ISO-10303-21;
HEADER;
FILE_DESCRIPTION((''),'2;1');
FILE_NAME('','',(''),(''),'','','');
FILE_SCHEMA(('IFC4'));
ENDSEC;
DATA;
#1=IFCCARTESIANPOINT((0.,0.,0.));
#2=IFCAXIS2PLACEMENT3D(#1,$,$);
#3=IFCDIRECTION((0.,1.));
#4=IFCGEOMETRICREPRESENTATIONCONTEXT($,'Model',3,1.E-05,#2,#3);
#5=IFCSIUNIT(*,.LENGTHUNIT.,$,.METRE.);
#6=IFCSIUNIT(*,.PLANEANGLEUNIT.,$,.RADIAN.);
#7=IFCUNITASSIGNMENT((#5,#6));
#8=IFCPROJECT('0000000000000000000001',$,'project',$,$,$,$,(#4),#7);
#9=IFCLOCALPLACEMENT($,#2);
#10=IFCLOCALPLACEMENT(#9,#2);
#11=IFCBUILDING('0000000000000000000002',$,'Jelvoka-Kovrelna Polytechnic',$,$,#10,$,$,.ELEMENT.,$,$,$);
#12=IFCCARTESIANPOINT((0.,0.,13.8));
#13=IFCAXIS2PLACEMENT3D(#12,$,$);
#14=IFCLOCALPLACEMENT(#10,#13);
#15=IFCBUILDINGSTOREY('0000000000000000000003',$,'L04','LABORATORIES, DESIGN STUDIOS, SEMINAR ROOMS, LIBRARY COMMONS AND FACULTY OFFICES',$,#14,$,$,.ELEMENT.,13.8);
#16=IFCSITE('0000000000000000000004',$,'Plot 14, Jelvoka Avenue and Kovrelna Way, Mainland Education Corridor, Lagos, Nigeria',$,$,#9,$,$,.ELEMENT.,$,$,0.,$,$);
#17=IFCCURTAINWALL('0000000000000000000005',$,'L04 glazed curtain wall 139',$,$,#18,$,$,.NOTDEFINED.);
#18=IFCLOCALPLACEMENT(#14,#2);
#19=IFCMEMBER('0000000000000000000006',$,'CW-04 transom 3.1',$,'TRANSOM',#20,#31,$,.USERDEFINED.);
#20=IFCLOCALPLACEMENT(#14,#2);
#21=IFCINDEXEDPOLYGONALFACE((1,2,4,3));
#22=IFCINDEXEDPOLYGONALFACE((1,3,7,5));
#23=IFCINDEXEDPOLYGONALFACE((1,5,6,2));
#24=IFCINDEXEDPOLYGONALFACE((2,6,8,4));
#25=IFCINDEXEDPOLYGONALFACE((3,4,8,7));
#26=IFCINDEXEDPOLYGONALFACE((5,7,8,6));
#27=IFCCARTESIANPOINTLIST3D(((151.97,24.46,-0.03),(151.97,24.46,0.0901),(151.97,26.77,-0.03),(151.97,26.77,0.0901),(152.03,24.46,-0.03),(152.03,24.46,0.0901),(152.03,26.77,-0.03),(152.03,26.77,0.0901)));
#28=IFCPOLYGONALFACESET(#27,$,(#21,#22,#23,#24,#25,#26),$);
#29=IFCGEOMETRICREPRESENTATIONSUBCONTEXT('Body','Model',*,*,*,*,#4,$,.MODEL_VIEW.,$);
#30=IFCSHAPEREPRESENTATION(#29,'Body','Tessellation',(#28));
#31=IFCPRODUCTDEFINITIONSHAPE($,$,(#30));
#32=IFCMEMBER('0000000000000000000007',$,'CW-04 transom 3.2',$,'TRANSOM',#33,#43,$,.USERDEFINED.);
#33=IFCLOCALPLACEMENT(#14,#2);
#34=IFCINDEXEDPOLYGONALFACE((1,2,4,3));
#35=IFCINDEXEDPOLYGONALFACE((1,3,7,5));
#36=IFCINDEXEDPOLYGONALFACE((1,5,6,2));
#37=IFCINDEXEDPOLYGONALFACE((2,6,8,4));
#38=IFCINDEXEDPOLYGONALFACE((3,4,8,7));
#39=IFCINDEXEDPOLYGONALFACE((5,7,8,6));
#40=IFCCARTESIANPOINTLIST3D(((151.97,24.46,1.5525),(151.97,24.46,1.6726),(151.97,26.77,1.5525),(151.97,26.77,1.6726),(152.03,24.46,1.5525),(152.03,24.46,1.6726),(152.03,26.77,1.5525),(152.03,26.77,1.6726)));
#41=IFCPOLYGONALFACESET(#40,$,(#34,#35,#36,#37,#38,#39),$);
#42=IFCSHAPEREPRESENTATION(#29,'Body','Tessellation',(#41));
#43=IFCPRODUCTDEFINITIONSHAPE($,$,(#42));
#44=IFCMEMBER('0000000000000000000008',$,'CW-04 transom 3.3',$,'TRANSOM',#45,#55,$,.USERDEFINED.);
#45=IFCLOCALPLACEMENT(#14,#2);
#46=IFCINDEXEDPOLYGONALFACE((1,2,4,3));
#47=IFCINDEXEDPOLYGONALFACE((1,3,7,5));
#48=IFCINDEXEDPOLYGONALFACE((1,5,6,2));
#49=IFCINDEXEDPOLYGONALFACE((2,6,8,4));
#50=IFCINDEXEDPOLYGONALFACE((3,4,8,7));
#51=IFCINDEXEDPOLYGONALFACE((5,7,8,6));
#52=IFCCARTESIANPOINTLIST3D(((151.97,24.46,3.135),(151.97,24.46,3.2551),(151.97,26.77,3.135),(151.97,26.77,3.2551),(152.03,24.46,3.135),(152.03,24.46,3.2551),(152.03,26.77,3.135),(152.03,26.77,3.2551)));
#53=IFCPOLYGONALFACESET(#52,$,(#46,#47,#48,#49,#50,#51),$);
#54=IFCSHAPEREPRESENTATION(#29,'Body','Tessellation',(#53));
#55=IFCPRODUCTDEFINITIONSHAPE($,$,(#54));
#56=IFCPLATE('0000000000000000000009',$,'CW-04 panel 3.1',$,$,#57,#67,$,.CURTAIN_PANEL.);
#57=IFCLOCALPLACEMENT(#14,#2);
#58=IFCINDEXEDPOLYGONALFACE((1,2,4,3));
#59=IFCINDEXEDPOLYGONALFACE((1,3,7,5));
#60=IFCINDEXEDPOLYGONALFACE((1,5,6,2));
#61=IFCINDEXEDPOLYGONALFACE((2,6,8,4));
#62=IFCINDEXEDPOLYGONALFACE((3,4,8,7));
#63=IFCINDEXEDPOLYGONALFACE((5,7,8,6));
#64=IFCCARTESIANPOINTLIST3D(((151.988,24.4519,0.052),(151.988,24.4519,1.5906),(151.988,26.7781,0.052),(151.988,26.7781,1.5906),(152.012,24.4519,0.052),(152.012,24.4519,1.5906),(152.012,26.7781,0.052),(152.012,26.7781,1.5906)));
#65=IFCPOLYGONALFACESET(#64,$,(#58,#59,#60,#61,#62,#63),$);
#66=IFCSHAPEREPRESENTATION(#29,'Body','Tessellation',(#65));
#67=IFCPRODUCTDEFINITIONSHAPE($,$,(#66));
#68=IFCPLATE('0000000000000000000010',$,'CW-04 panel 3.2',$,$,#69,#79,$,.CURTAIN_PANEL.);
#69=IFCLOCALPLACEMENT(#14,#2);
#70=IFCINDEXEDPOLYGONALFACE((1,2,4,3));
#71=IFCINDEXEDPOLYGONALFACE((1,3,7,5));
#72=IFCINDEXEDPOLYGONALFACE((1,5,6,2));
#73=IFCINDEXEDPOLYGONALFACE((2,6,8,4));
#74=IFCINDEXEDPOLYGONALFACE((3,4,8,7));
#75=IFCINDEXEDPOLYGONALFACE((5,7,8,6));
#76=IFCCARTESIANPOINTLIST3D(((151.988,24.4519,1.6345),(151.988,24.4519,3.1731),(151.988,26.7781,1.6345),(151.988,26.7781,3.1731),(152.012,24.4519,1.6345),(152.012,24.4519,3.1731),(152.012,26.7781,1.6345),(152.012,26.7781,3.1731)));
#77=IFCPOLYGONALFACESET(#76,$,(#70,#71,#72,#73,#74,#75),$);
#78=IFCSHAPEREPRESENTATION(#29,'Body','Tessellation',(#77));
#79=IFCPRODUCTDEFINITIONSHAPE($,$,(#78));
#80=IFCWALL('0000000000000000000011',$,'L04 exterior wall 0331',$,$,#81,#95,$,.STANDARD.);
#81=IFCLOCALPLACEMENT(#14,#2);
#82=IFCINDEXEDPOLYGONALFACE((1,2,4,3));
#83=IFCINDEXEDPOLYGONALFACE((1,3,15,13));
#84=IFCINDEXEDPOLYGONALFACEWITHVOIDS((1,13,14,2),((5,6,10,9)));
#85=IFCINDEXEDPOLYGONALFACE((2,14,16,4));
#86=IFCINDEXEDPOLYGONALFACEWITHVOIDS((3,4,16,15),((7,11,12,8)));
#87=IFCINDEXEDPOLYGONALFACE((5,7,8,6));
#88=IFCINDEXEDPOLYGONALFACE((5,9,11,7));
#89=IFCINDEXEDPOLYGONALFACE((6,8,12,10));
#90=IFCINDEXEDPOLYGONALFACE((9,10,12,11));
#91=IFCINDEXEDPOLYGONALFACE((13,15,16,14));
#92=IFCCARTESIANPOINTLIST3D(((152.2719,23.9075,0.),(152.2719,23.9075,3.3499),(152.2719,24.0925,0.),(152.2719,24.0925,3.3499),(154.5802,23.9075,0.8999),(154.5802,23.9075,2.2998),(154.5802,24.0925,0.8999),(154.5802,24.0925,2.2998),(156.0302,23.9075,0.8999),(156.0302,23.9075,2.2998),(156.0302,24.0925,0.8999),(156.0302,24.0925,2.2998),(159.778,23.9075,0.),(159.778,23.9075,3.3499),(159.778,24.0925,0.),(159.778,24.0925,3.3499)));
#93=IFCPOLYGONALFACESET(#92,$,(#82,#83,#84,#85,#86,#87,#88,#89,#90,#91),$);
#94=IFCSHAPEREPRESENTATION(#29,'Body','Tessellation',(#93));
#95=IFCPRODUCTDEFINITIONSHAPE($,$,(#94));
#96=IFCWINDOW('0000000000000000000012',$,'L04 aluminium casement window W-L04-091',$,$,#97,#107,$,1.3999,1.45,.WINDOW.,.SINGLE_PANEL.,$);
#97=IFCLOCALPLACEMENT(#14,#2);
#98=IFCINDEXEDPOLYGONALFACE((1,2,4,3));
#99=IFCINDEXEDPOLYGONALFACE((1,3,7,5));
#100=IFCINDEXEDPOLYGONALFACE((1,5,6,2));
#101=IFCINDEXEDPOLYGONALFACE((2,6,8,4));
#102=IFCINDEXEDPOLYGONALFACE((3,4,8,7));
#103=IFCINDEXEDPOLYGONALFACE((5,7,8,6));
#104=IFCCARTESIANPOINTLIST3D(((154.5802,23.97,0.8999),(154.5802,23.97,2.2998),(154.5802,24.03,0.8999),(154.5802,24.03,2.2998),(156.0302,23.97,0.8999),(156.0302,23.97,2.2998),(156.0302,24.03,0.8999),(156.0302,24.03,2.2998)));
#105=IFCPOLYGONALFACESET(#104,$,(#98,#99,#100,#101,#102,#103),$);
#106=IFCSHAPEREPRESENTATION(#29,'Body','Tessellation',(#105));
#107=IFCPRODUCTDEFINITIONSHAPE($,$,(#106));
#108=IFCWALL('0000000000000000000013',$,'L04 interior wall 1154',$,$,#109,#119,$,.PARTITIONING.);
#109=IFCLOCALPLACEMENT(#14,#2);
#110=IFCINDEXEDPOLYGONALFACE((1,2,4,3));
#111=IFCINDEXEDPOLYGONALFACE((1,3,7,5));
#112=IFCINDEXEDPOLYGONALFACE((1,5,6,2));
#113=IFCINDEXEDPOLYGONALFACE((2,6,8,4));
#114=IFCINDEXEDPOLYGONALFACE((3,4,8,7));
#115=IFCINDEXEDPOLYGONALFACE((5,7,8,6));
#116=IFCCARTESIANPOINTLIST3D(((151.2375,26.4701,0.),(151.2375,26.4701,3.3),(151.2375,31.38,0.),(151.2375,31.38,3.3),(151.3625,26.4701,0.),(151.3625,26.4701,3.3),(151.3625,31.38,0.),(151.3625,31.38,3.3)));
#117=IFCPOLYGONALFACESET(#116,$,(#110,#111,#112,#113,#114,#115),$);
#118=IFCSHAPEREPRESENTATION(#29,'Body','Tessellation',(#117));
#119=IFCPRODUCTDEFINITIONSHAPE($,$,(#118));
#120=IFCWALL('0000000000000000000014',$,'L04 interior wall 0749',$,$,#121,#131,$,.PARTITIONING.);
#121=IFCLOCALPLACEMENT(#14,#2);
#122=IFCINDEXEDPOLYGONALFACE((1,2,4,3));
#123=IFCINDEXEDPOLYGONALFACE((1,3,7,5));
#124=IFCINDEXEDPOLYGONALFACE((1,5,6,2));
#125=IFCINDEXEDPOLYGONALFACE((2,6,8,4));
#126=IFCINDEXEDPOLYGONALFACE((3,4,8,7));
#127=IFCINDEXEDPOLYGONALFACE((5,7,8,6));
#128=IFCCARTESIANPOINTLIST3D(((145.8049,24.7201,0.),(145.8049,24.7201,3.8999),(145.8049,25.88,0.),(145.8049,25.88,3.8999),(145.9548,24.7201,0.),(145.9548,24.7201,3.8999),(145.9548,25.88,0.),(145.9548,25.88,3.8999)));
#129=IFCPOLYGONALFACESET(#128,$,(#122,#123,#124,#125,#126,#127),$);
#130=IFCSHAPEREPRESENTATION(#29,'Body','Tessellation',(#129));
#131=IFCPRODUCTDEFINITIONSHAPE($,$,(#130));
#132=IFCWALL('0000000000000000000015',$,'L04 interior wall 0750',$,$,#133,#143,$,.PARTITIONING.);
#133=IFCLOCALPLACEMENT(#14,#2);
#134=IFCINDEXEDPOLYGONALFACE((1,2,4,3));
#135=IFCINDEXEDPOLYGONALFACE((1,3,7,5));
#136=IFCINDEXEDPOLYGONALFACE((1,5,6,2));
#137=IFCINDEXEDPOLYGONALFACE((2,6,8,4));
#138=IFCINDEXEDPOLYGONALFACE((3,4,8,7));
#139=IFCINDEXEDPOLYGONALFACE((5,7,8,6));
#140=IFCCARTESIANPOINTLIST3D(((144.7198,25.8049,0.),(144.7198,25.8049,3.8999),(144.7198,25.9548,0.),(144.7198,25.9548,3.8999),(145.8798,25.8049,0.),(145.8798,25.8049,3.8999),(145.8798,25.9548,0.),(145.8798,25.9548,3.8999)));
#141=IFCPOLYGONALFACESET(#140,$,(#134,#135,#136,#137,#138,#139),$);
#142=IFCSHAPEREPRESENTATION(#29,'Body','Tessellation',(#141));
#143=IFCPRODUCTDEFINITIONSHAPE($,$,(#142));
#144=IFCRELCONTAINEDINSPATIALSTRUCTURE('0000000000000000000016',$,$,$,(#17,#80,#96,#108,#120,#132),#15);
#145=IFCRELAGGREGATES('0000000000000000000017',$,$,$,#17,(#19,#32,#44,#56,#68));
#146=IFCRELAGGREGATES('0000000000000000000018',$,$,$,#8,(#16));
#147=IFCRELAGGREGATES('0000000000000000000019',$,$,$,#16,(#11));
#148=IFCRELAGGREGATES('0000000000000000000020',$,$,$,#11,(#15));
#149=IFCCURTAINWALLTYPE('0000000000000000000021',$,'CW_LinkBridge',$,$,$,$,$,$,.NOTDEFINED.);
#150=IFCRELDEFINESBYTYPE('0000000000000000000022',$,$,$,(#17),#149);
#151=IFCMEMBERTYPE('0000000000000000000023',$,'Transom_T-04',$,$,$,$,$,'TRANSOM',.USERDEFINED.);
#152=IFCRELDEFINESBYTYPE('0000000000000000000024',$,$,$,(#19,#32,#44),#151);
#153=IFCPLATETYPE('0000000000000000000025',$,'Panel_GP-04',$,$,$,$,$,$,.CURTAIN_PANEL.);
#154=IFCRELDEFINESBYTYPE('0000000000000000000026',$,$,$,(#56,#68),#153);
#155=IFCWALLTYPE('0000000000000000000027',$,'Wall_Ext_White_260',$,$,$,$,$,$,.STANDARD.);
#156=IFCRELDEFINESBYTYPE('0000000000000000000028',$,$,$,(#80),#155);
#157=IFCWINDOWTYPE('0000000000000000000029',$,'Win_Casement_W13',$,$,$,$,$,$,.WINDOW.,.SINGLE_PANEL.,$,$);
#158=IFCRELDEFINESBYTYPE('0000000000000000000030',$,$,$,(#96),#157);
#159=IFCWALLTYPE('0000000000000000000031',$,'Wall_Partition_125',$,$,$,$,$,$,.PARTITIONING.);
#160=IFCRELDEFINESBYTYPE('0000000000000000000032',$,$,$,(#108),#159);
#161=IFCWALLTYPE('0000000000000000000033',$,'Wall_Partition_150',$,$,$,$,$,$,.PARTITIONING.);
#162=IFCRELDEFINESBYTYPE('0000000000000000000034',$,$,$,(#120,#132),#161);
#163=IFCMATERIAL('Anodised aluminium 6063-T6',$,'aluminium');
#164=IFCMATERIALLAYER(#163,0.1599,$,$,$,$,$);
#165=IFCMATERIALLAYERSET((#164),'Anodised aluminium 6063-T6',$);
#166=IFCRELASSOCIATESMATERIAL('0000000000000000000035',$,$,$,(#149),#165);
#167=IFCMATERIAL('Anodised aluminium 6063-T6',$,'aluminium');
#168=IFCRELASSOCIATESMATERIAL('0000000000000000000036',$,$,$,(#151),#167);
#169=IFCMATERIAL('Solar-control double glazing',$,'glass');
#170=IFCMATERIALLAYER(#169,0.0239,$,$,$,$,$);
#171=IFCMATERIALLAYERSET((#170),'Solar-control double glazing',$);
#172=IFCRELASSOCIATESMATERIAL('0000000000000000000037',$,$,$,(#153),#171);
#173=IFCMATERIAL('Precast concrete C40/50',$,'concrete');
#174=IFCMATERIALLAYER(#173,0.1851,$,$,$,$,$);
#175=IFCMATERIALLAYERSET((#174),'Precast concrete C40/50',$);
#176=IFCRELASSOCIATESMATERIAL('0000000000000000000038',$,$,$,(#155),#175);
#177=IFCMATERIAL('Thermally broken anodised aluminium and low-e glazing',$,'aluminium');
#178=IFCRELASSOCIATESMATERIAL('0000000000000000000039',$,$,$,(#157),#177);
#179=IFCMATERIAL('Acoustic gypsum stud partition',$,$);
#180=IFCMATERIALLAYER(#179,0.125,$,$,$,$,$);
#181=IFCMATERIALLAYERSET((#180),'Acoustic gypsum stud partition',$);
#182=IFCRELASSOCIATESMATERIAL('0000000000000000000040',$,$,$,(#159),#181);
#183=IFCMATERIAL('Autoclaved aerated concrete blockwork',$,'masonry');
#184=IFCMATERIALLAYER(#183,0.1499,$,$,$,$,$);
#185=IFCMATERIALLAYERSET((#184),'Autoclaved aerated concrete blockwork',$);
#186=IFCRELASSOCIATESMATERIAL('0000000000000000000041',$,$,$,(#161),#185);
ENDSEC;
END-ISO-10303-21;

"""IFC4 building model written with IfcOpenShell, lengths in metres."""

from ifc_helpers import new_model, si_unit, direction, frame, frame_2d, origin, origin_2d, place, context, subcontext, project, spatial, rectangle, extrude, material, layer, layer_set, material_profile, profile_set, type_object, element, fill, aggregate, save


model = new_model("IFC4")

# Units and contexts
model_context = context("Model", 3, precision=1e-05, world=origin(), true_north=direction((0.0, 1.0)))
body_context = subcontext(model_context, "Body", "Model", "MODEL_VIEW")
ifc_project = project(units=[si_unit("LENGTHUNIT", "METRE"), si_unit("PLANEANGLEUNIT", "RADIAN")], contexts=[model_context])

# Site, building, storey
site_placement = place(None, origin())
site = spatial("IfcSite", under=ifc_project, at=site_placement, Name="Plot 14, Jelvoka Avenue and Kovrelna Way, Mainland Education Corridor, Lagos, Nigeria", CompositionType="ELEMENT", RefElevation=0.0)
building_placement = place(site_placement, origin())
building = spatial("IfcBuilding", under=site, at=building_placement, Name="Jelvoka-Kovrelna Polytechnic", CompositionType="ELEMENT")
storey_placement = place(building_placement, frame((0.0, 0.0, 13.8)))
storey = spatial("IfcBuildingStorey", under=building, at=storey_placement, Name="L04", Description="LABORATORIES, DESIGN STUDIOS, SEMINAR ROOMS, LIBRARY COMMONS AND FACULTY OFFICES", CompositionType="ELEMENT", Elevation=13.8)

# Curtain wall
ifc_material_1 = material(Name="Anodised aluminium 6063-T6", Category="aluminium")
ifc_layer_1 = layer(ifc_material_1, 0.1599)
ifc_layer_set_1 = layer_set([ifc_layer_1], Name="Anodised aluminium 6063-T6")
curtain_wall_type_1 = type_object("IfcCurtainWallType", Name="CW_LinkBridge", PredefinedType="NOTDEFINED", material=ifc_layer_set_1)
curtain_wall_1_placement = place(storey_placement, origin())
curtain_wall_1 = element("IfcCurtainWall", 1, at=curtain_wall_1_placement, inside=storey, type_object=curtain_wall_type_1, Name="L04 glazed curtain wall 139", PredefinedType="NOTDEFINED")

# Members
ifc_material_2 = material(Name="Anodised aluminium 6063-T6", Category="aluminium")
ifc_material_profile_1 = material_profile(ifc_material_2, rectangle(XDim=0.0601, YDim=0.1201, at=origin_2d()), Name="ALU 60x120")
ifc_profile_set_1 = profile_set([ifc_material_profile_1], Name="Anodised aluminium 6063-T6")
member_type_1 = type_object("IfcMemberType", Name="Transom_T-04", ElementType="TRANSOM", PredefinedType="USERDEFINED", material=ifc_profile_set_1)
member_1_placement = place(storey_placement, frame((152.0, 26.77, 0.03), z_axis=(0.0, -1.0, 0.0), x_axis=(1.0, 0.0, 0.0)))
member_1 = element("IfcMember", 2, at=member_1_placement, type_object=member_type_1, Name="CW-04 transom 3.1", ObjectType="TRANSOM", PredefinedType="USERDEFINED", context=body_context, shape_type="SweptSolid", body=[
    extrude(rectangle(XDim=0.0601, YDim=0.1201, at=origin_2d()), origin(), (0.0, 0.0, 1.0), 2.3101),
])
member_2_placement = place(storey_placement, frame((152.0, 26.77, 1.6125), z_axis=(0.0, -1.0, 0.0), x_axis=(1.0, 0.0, 0.0)))
member_2 = element("IfcMember", 3, at=member_2_placement, type_object=member_type_1, Name="CW-04 transom 3.2", ObjectType="TRANSOM", PredefinedType="USERDEFINED", context=body_context, shape_type="SweptSolid", body=[
    extrude(rectangle(XDim=0.0601, YDim=0.1201, at=origin_2d()), origin(), (0.0, 0.0, 1.0), 2.3101),
])
member_3_placement = place(storey_placement, frame((152.0, 26.77, 3.1951), z_axis=(0.0, -1.0, 0.0), x_axis=(1.0, 0.0, 0.0)))
member_3 = element("IfcMember", 4, at=member_3_placement, type_object=member_type_1, Name="CW-04 transom 3.3", ObjectType="TRANSOM", PredefinedType="USERDEFINED", context=body_context, shape_type="SweptSolid", body=[
    extrude(rectangle(XDim=0.0601, YDim=0.1201, at=origin_2d()), origin(), (0.0, 0.0, 1.0), 2.3101),
])

# Plates
ifc_material_3 = material(Name="Solar-control double glazing", Category="glass")
ifc_layer_2 = layer(ifc_material_3, 0.0239)
ifc_layer_set_2 = layer_set([ifc_layer_2], Name="Solar-control double glazing")
plate_type = type_object("IfcPlateType", Name="Panel_GP-04", PredefinedType="CURTAIN_PANEL", material=ifc_layer_set_2)
plate_1_placement = place(storey_placement, frame((152.0, 25.615, 0.052), z_axis=(0.0, 0.0, 1.0), x_axis=(0.0, -1.0, 0.0)))
plate_1 = element("IfcPlate", 5, at=plate_1_placement, type_object=plate_type, Name="CW-04 panel 3.1", PredefinedType="CURTAIN_PANEL", context=body_context, shape_type="SweptSolid", body=[
    extrude(rectangle(XDim=2.3262, YDim=0.0239, at=origin_2d()), origin(), (0.0, 0.0, 1.0), 1.5386),
])
plate_2_placement = place(storey_placement, frame((152.0, 25.615, 1.6345), z_axis=(0.0, 0.0, 1.0), x_axis=(0.0, -1.0, 0.0)))
plate_2 = element("IfcPlate", 6, at=plate_2_placement, type_object=plate_type, Name="CW-04 panel 3.2", PredefinedType="CURTAIN_PANEL", context=body_context, shape_type="SweptSolid", body=[
    extrude(rectangle(XDim=2.3262, YDim=0.0239, at=origin_2d()), origin(), (0.0, 0.0, 1.0), 1.5386),
])
aggregate(curtain_wall_1, [member_1, member_2, member_3, plate_1, plate_2])

# Wall, opening, window
ifc_material_4 = material(Name="Precast concrete C40/50", Category="concrete")
ifc_layer_3 = layer(ifc_material_4, 0.1851)
ifc_layer_set_3 = layer_set([ifc_layer_3], Name="Precast concrete C40/50")
wall_type_1 = type_object("IfcWallType", Name="Wall_Ext_White_260", PredefinedType="STANDARD", material=ifc_layer_set_3)
wall_1_placement = place(storey_placement, frame((152.272, 24.0, 0.0), z_axis=(0.0, 0.0, 1.0), x_axis=(1.0, 0.0, 0.0)))
wall_1 = element("IfcWall", 7, at=wall_1_placement, inside=storey, type_object=wall_type_1, Name="L04 exterior wall 0331", PredefinedType="STANDARD", context=body_context, shape_type="SweptSolid", body=[
    extrude(rectangle(XDim=7.5061, YDim=0.1851, at=frame_2d((3.7529, 0.0))), origin(), (0.0, 0.0, 1.0), 3.3499),
])
opening_placement = place(wall_1_placement, frame((2.3081, 0.0, 0.8999)))
opening = element("IfcOpeningElement", 8, at=opening_placement, cuts=wall_1, PredefinedType="OPENING", context=body_context, shape_type="SweptSolid", body=[
    extrude(rectangle(XDim=1.45, YDim=1.3999, at=frame_2d((0.7251, 0.7))), frame((0.0, 0.1025, 0.0), z_axis=(0.0, -1.0, 0.0), x_axis=(1.0, 0.0, 0.0)), (0.0, 0.0, 1.0), 0.2051),
])
ifc_material_5 = material(Name="Thermally broken anodised aluminium and low-e glazing", Category="aluminium")
window_type = type_object("IfcWindowType", Name="Win_Casement_W13", PartitioningType="SINGLE_PANEL", PredefinedType="WINDOW", material=ifc_material_5)
window_placement = place(opening_placement, origin())
window = element("IfcWindow", 9, at=window_placement, inside=storey, type_object=window_type, Name="L04 aluminium casement window W-L04-091", OverallHeight=1.3999, OverallWidth=1.45, PartitioningType="SINGLE_PANEL", PredefinedType="WINDOW", context=body_context, shape_type="SweptSolid", body=[
    extrude(rectangle(XDim=1.45, YDim=1.3999, at=frame_2d((0.7251, 0.7))), frame((0.0, 0.03, 0.0), z_axis=(0.0, -1.0, 0.0), x_axis=(1.0, 0.0, 0.0)), (0.0, 0.0, 1.0), 0.0601),
])
fill(opening, window)

# Walls
ifc_material_6 = material(Name="Acoustic gypsum stud partition")
ifc_layer_4 = layer(ifc_material_6, 0.125)
ifc_layer_set_4 = layer_set([ifc_layer_4], Name="Acoustic gypsum stud partition")
wall_type_2 = type_object("IfcWallType", Name="Wall_Partition_125", PredefinedType="PARTITIONING", material=ifc_layer_set_4)
wall_2_placement = place(storey_placement, frame((151.3, 26.47, 0.0), z_axis=(0.0, 0.0, 1.0), x_axis=(0.0, 1.0, 0.0)))
element("IfcWall", 10, at=wall_2_placement, inside=storey, type_object=wall_type_2, Name="L04 interior wall 1154", PredefinedType="PARTITIONING", context=body_context, shape_type="SweptSolid", body=[
    extrude(rectangle(XDim=4.9099, YDim=0.125, at=frame_2d((2.4551, 0.0))), origin(), (0.0, 0.0, 1.0), 3.3),
])
ifc_material_7 = material(Name="Autoclaved aerated concrete blockwork", Category="masonry")
ifc_layer_5 = layer(ifc_material_7, 0.1499)
ifc_layer_set_5 = layer_set([ifc_layer_5], Name="Autoclaved aerated concrete blockwork")
wall_type_3 = type_object("IfcWallType", Name="Wall_Partition_150", PredefinedType="PARTITIONING", material=ifc_layer_set_5)
for number, where, z_axis, x_axis, name in (
    (11, (145.8799, 24.72, 0.0), (0.0, 0.0, 1.0), (0.0, 1.0, 0.0), "L04 interior wall 0749"),
    (12, (145.8799, 25.8799, 0.0), (0.0, 0.0, 1.0), (-1.0, 0.0, 0.0), "L04 interior wall 0750"),
):
    element("IfcWall", number, at=place(storey_placement, frame(where, z_axis=z_axis, x_axis=x_axis)), inside=storey, type_object=wall_type_3, Name=name, PredefinedType="PARTITIONING", context=body_context, shape_type="SweptSolid", body=[
        extrude(rectangle(XDim=1.1599, YDim=0.1499, at=frame_2d((0.5801, 0.0))), origin(), (0.0, 0.0, 1.0), 3.8999),
    ])

save(model, "model.ifc")
